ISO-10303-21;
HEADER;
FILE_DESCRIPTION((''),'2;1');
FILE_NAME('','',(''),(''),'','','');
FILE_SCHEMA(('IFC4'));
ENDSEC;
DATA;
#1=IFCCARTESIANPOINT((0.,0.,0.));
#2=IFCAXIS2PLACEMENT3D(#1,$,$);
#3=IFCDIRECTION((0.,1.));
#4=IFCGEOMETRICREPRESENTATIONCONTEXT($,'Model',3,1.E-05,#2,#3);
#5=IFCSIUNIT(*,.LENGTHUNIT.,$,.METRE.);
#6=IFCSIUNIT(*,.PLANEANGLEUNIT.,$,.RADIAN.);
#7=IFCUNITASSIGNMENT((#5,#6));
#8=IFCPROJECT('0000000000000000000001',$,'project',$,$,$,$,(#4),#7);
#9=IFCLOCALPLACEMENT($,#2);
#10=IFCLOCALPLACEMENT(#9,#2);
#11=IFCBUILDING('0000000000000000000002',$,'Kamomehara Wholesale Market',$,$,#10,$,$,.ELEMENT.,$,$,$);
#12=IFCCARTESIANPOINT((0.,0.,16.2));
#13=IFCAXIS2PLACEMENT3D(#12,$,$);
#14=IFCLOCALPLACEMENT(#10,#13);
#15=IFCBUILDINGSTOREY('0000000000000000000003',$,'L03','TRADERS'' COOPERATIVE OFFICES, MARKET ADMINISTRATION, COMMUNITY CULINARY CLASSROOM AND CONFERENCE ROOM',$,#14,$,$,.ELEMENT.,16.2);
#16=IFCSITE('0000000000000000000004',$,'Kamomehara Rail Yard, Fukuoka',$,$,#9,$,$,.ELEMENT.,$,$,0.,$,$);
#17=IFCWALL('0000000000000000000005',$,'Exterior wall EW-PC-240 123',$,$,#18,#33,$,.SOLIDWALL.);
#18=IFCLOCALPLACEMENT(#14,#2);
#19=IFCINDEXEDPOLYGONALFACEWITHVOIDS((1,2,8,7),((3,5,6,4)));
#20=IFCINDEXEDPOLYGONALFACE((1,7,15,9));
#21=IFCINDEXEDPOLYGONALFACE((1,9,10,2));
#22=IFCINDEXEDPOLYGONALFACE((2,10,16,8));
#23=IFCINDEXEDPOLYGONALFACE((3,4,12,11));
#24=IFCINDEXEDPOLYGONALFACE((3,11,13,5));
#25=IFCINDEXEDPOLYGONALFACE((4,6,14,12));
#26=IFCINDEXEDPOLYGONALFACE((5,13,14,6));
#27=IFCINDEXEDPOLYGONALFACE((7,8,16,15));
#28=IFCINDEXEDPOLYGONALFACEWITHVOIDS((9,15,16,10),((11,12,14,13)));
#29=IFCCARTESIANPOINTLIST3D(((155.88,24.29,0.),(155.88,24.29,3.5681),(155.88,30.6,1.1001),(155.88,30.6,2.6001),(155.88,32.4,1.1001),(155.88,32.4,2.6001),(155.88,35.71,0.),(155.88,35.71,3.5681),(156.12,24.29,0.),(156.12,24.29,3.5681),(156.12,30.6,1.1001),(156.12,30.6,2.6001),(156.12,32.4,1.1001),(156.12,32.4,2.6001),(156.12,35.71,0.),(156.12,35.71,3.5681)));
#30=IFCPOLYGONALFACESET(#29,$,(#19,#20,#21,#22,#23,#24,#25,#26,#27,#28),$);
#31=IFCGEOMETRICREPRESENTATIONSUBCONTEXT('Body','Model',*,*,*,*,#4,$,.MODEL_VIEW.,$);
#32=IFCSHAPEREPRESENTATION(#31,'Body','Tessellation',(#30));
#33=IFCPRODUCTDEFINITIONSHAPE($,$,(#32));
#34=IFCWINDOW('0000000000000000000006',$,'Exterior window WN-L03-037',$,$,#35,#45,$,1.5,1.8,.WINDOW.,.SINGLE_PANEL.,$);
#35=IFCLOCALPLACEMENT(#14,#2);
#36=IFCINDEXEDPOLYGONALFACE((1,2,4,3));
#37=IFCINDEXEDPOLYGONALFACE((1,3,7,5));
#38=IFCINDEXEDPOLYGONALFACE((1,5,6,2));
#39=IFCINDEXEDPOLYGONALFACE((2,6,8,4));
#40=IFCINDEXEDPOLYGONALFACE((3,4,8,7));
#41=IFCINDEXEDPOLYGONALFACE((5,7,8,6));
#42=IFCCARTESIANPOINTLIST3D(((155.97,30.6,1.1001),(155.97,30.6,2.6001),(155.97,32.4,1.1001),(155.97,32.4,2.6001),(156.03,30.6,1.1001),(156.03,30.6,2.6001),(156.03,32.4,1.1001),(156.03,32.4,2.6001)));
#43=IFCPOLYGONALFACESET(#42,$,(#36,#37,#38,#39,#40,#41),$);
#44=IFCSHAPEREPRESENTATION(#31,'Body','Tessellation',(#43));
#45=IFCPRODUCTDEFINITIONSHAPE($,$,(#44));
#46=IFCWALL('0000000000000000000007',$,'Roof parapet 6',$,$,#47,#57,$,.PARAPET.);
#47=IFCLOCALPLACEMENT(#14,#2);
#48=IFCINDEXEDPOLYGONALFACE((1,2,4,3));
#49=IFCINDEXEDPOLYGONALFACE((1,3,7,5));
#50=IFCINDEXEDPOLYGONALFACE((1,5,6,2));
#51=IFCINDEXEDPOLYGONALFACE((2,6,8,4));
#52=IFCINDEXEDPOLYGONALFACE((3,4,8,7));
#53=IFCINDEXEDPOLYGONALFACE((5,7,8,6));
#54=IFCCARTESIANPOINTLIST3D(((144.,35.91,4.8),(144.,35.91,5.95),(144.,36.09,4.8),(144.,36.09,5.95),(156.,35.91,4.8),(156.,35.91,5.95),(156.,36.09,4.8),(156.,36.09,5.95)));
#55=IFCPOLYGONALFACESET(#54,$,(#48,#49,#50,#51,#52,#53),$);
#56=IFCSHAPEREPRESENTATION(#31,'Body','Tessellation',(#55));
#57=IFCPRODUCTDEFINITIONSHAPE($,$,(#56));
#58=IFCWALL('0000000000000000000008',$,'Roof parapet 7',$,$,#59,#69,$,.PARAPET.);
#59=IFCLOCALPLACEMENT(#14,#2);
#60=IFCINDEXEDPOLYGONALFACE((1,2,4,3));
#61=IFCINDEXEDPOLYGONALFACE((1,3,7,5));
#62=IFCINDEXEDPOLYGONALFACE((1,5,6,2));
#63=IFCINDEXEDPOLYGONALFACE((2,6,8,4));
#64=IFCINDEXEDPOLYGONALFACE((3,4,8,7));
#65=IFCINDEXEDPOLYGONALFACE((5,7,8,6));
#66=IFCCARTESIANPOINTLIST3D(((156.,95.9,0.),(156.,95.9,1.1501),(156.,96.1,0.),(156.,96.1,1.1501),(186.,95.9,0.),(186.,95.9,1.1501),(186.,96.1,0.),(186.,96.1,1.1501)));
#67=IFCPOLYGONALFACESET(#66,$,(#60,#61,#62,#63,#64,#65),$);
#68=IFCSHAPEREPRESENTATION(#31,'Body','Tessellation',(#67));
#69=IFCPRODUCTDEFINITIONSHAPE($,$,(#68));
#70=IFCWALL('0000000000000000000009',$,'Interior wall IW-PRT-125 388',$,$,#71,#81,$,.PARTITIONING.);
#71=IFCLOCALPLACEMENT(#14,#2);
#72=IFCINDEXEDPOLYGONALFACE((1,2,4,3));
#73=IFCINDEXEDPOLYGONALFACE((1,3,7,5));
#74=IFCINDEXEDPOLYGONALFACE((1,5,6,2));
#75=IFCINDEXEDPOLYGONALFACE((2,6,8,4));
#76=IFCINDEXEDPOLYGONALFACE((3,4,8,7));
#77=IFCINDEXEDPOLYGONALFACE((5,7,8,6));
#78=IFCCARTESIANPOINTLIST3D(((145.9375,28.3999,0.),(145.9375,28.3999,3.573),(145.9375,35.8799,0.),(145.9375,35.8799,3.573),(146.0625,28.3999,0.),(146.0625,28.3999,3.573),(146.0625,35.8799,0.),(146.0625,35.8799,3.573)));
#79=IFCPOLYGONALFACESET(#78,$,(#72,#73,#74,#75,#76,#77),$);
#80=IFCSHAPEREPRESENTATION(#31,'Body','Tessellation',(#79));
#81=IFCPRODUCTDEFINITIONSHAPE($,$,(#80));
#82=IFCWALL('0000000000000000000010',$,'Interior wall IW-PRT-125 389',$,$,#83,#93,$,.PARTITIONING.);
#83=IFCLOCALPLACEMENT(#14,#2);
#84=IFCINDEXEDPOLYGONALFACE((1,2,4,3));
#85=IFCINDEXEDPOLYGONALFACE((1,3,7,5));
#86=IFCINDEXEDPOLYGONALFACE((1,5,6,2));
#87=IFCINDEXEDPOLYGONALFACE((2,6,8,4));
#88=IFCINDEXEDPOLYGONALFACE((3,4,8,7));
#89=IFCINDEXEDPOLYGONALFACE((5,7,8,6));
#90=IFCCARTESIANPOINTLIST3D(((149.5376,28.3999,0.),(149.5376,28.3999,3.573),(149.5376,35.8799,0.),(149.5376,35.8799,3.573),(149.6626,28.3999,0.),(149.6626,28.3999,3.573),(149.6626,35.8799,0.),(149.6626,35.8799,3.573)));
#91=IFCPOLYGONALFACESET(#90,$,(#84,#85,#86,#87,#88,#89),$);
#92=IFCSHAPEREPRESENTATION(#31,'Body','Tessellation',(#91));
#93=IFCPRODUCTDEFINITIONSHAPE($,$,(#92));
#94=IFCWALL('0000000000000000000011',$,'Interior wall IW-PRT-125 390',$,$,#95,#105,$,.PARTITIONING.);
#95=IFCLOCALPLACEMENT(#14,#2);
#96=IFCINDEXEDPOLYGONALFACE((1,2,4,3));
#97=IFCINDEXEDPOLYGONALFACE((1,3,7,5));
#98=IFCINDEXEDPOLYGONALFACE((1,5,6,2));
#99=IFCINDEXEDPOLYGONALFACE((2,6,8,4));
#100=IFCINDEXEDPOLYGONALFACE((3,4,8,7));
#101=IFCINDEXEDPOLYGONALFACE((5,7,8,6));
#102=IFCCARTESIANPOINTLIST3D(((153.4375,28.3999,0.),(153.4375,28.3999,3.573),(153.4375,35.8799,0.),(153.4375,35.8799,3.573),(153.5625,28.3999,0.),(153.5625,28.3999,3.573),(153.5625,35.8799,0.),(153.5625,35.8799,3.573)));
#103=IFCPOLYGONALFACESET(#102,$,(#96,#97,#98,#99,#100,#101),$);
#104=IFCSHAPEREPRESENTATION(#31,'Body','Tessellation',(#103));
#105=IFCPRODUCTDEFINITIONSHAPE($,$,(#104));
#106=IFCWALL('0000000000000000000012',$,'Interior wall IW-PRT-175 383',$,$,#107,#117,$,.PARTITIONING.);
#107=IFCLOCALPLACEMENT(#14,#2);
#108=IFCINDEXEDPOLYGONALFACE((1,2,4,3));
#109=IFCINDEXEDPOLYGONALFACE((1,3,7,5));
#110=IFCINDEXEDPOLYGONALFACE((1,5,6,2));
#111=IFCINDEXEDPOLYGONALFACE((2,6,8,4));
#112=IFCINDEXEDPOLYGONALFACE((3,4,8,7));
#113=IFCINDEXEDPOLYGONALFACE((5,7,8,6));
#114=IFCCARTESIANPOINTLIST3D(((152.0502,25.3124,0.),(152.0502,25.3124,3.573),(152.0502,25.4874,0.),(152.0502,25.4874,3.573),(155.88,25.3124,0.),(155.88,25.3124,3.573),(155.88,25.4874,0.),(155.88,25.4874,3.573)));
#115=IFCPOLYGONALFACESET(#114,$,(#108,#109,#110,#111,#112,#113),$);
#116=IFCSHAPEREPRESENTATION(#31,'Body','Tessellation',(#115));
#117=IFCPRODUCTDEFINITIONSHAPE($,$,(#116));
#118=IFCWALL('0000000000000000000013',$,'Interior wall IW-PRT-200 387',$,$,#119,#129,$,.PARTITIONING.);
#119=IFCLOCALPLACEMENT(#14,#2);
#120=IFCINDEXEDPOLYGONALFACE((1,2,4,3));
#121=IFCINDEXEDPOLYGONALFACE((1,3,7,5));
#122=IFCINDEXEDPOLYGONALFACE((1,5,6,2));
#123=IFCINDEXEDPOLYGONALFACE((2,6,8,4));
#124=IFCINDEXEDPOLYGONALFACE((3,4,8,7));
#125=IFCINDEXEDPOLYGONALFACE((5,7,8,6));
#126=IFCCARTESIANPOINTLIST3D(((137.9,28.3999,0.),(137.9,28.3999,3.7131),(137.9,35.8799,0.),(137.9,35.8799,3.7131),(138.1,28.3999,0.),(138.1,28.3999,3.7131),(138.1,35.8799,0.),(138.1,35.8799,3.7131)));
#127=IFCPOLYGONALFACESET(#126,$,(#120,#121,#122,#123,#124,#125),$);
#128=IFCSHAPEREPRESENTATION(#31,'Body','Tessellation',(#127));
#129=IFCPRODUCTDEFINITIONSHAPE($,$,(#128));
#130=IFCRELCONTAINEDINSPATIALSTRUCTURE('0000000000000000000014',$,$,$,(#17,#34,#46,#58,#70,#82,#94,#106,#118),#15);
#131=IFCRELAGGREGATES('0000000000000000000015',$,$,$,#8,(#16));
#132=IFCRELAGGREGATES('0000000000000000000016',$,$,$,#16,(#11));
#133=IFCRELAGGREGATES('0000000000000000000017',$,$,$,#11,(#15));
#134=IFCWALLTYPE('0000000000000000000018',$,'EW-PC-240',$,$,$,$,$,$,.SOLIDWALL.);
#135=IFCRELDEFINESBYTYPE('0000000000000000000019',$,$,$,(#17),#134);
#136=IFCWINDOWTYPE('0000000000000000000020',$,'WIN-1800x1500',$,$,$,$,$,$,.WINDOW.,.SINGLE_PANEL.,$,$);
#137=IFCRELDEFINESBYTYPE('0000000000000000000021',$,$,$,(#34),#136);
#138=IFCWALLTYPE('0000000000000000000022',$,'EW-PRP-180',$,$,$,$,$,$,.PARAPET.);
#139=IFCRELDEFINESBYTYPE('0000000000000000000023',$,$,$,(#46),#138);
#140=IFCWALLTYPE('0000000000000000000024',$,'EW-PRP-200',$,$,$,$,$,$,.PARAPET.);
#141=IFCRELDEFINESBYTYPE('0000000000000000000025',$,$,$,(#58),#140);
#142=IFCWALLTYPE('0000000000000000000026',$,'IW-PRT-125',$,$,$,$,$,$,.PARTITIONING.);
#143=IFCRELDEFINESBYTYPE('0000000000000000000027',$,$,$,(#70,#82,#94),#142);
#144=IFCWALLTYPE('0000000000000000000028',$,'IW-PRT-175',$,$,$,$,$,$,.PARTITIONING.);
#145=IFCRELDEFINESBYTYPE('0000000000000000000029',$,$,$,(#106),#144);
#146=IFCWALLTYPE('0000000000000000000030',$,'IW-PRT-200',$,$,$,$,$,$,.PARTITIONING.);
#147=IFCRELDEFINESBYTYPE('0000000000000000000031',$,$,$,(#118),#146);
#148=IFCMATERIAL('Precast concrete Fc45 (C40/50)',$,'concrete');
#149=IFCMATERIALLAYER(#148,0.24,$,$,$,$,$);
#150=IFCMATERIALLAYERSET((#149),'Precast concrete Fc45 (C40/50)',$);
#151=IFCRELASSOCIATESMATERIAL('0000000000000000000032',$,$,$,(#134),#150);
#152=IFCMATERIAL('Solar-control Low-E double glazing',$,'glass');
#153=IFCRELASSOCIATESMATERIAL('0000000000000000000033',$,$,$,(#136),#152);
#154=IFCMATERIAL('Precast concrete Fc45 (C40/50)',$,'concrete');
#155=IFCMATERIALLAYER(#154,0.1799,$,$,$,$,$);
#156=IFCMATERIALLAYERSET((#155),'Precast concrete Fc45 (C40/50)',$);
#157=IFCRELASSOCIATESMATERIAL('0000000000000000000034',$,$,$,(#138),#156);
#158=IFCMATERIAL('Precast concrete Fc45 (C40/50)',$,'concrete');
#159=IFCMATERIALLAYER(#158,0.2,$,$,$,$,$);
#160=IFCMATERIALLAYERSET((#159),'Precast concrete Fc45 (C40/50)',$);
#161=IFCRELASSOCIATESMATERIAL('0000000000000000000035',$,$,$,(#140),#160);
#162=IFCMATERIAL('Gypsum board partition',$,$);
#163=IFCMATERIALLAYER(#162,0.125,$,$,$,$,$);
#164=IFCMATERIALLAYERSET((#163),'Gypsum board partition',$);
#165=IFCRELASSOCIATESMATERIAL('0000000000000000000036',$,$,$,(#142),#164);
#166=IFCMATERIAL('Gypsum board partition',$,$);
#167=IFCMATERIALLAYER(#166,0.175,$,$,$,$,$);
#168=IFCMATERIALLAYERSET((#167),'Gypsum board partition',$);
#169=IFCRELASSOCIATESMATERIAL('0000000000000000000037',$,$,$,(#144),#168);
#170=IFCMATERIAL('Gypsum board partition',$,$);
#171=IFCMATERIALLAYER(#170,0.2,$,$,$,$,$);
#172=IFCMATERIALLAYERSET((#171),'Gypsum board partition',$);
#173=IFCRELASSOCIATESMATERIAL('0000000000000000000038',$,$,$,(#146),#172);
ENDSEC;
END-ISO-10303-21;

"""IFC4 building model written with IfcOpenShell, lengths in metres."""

from ifc_helpers import new_model, si_unit, direction, frame, frame_2d, origin, place, context, subcontext, project, spatial, rectangle, extrude, material, layer, layer_set, type_object, element, fill, save


model = new_model("IFC4")

# Units and contexts
model_context = context("Model", 3, precision=1e-05, world=origin(), true_north=direction((0.0, 1.0)))
body_context = subcontext(model_context, "Body", "Model", "MODEL_VIEW")
ifc_project = project(units=[si_unit("LENGTHUNIT", "METRE"), si_unit("PLANEANGLEUNIT", "RADIAN")], contexts=[model_context])

# Site, building, storey
site_placement = place(None, origin())
site = spatial("IfcSite", under=ifc_project, at=site_placement, Name="Kamomehara Rail Yard, Fukuoka", CompositionType="ELEMENT", RefElevation=0.0)
building_placement = place(site_placement, origin())
building = spatial("IfcBuilding", under=site, at=building_placement, Name="Kamomehara Wholesale Market", CompositionType="ELEMENT")
storey_placement = place(building_placement, frame((0.0, 0.0, 16.2)))
storey = spatial("IfcBuildingStorey", under=building, at=storey_placement, Name="L03", Description="TRADERS' COOPERATIVE OFFICES, MARKET ADMINISTRATION, COMMUNITY CULINARY CLASSROOM AND CONFERENCE ROOM", CompositionType="ELEMENT", Elevation=16.2)

# Shared definitions
ifc_material_1 = material(Name="Precast concrete Fc45 (C40/50)", Category="concrete")
ifc_layer_1 = layer(ifc_material_1, 0.24)
ifc_layer_set_1 = layer_set([ifc_layer_1], Name="Precast concrete Fc45 (C40/50)")
wall_type_1 = type_object("IfcWallType", Name="EW-PC-240", PredefinedType="SOLIDWALL", material=ifc_layer_set_1)

# Wall, opening, window
wall_1_placement = place(storey_placement, frame((156.0, 35.71, 0.0), z_axis=(0.0, 0.0, 1.0), x_axis=(0.0, -1.0, 0.0)))
wall_1 = element("IfcWall", 1, at=wall_1_placement, inside=storey, type_object=wall_type_1, Name="Exterior wall EW-PC-240 123", PredefinedType="SOLIDWALL", context=body_context, shape_type="SweptSolid", body=[
    extrude(rectangle(XDim=11.4199, YDim=0.24, at=frame_2d((5.71, 0.0))), origin(), (0.0, 0.0, 1.0), 3.5681),
])
opening_1_placement = place(wall_1_placement, frame((3.3101, 0.0, 1.1001)))
opening_1 = element("IfcOpeningElement", 2, at=opening_1_placement, cuts=wall_1, PredefinedType="OPENING", context=body_context, shape_type="SweptSolid", body=[
    extrude(rectangle(XDim=1.8, YDim=1.5, at=frame_2d((0.8999, 0.75))), frame((0.0, 0.1348, 0.0), z_axis=(0.0, -1.0, 0.0), x_axis=(1.0, 0.0, 0.0)), (0.0, 0.0, 1.0), 0.2698),
])
ifc_material_2 = material(Name="Solar-control Low-E double glazing", Category="glass")
window_type_1 = type_object("IfcWindowType", Name="WIN-1800x1500", PartitioningType="SINGLE_PANEL", PredefinedType="WINDOW", material=ifc_material_2)
window_1_placement = place(opening_1_placement, origin())
window_1 = element("IfcWindow", 3, at=window_1_placement, inside=storey, type_object=window_type_1, Name="Exterior window WN-L03-037", OverallHeight=1.5, OverallWidth=1.8, PartitioningType="SINGLE_PANEL", PredefinedType="WINDOW", context=body_context, shape_type="SweptSolid", body=[
    extrude(rectangle(XDim=1.8, YDim=1.5, at=frame_2d((0.8999, 0.75))), frame((0.0, 0.03, 0.0), z_axis=(0.0, -1.0, 0.0), x_axis=(1.0, 0.0, 0.0)), (0.0, 0.0, 1.0), 0.0601),
])
fill(opening_1, window_1)

# Walls
ifc_material_3 = material(Name="Precast concrete Fc45 (C40/50)", Category="concrete")
ifc_layer_2 = layer(ifc_material_3, 0.1799)
ifc_layer_set_2 = layer_set([ifc_layer_2], Name="Precast concrete Fc45 (C40/50)")
wall_type_2 = type_object("IfcWallType", Name="EW-PRP-180", PredefinedType="PARAPET", material=ifc_layer_set_2)
wall_2_placement = place(storey_placement, frame((156.0, 36.0, 4.8), z_axis=(0.0, 0.0, 1.0), x_axis=(-1.0, 0.0, 0.0)))
element("IfcWall", 4, at=wall_2_placement, inside=storey, type_object=wall_type_2, Name="Roof parapet 6", PredefinedType="PARAPET", context=body_context, shape_type="SweptSolid", body=[
    extrude(rectangle(XDim=12.0, YDim=0.1799, at=frame_2d((6.0, 0.0))), origin(), (0.0, 0.0, 1.0), 1.1499),
])
ifc_material_4 = material(Name="Precast concrete Fc45 (C40/50)", Category="concrete")
ifc_layer_3 = layer(ifc_material_4, 0.2)
ifc_layer_set_3 = layer_set([ifc_layer_3], Name="Precast concrete Fc45 (C40/50)")
wall_type_3 = type_object("IfcWallType", Name="EW-PRP-200", PredefinedType="PARAPET", material=ifc_layer_set_3)
wall_3_placement = place(storey_placement, frame((156.0, 96.0, 0.0), z_axis=(0.0, 0.0, 1.0), x_axis=(1.0, 0.0, 0.0)))
element("IfcWall", 5, at=wall_3_placement, inside=storey, type_object=wall_type_3, Name="Roof parapet 7", PredefinedType="PARAPET", context=body_context, shape_type="SweptSolid", body=[
    extrude(rectangle(XDim=30.0, YDim=0.2, at=frame_2d((15.0, 0.0))), origin(), (0.0, 0.0, 1.0), 1.1501),
])
ifc_material_5 = material(Name="Gypsum board partition")
ifc_layer_4 = layer(ifc_material_5, 0.125)
ifc_layer_set_4 = layer_set([ifc_layer_4], Name="Gypsum board partition")
wall_type_4 = type_object("IfcWallType", Name="IW-PRT-125", PredefinedType="PARTITIONING", material=ifc_layer_set_4)
for number, where, z_axis, x_axis, name in (
    (6, (146.0, 28.3999, 0.0), (0.0, 0.0, 1.0), (0.0, 1.0, 0.0), "Interior wall IW-PRT-125 388"),
    (7, (149.6001, 28.3999, 0.0), (0.0, 0.0, 1.0), (0.0, 1.0, 0.0), "Interior wall IW-PRT-125 389"),
    (8, (153.5, 28.3999, 0.0), (0.0, 0.0, 1.0), (0.0, 1.0, 0.0), "Interior wall IW-PRT-125 390"),
):
    element("IfcWall", number, at=place(storey_placement, frame(where, z_axis=z_axis, x_axis=x_axis)), inside=storey, type_object=wall_type_4, Name=name, PredefinedType="PARTITIONING", context=body_context, shape_type="SweptSolid", body=[
        extrude(rectangle(XDim=7.48, YDim=0.125, at=frame_2d((3.74, 0.0))), origin(), (0.0, 0.0, 1.0), 3.573),
    ])
ifc_material_6 = material(Name="Gypsum board partition")
ifc_layer_5 = layer(ifc_material_6, 0.175)
ifc_layer_set_5 = layer_set([ifc_layer_5], Name="Gypsum board partition")
wall_type_5 = type_object("IfcWallType", Name="IW-PRT-175", PredefinedType="PARTITIONING", material=ifc_layer_set_5)
wall_4_placement = place(storey_placement, frame((152.05, 25.3999, 0.0), z_axis=(0.0, 0.0, 1.0), x_axis=(1.0, 0.0, 0.0)))
element("IfcWall", 9, at=wall_4_placement, inside=storey, type_object=wall_type_5, Name="Interior wall IW-PRT-175 383", PredefinedType="PARTITIONING", context=body_context, shape_type="SweptSolid", body=[
    extrude(rectangle(XDim=3.8298, YDim=0.175, at=frame_2d((1.915, 0.0))), origin(), (0.0, 0.0, 1.0), 3.573),
])
ifc_material_7 = material(Name="Gypsum board partition")
ifc_layer_6 = layer(ifc_material_7, 0.2)
ifc_layer_set_6 = layer_set([ifc_layer_6], Name="Gypsum board partition")
wall_type_6 = type_object("IfcWallType", Name="IW-PRT-200", PredefinedType="PARTITIONING", material=ifc_layer_set_6)
wall_5_placement = place(storey_placement, frame((138.0, 28.3999, 0.0), z_axis=(0.0, 0.0, 1.0), x_axis=(0.0, 1.0, 0.0)))
element("IfcWall", 10, at=wall_5_placement, inside=storey, type_object=wall_type_6, Name="Interior wall IW-PRT-200 387", PredefinedType="PARTITIONING", context=body_context, shape_type="SweptSolid", body=[
    extrude(rectangle(XDim=7.48, YDim=0.2, at=frame_2d((3.74, 0.0))), origin(), (0.0, 0.0, 1.0), 3.7131),
])

save(model, "model.ifc")
